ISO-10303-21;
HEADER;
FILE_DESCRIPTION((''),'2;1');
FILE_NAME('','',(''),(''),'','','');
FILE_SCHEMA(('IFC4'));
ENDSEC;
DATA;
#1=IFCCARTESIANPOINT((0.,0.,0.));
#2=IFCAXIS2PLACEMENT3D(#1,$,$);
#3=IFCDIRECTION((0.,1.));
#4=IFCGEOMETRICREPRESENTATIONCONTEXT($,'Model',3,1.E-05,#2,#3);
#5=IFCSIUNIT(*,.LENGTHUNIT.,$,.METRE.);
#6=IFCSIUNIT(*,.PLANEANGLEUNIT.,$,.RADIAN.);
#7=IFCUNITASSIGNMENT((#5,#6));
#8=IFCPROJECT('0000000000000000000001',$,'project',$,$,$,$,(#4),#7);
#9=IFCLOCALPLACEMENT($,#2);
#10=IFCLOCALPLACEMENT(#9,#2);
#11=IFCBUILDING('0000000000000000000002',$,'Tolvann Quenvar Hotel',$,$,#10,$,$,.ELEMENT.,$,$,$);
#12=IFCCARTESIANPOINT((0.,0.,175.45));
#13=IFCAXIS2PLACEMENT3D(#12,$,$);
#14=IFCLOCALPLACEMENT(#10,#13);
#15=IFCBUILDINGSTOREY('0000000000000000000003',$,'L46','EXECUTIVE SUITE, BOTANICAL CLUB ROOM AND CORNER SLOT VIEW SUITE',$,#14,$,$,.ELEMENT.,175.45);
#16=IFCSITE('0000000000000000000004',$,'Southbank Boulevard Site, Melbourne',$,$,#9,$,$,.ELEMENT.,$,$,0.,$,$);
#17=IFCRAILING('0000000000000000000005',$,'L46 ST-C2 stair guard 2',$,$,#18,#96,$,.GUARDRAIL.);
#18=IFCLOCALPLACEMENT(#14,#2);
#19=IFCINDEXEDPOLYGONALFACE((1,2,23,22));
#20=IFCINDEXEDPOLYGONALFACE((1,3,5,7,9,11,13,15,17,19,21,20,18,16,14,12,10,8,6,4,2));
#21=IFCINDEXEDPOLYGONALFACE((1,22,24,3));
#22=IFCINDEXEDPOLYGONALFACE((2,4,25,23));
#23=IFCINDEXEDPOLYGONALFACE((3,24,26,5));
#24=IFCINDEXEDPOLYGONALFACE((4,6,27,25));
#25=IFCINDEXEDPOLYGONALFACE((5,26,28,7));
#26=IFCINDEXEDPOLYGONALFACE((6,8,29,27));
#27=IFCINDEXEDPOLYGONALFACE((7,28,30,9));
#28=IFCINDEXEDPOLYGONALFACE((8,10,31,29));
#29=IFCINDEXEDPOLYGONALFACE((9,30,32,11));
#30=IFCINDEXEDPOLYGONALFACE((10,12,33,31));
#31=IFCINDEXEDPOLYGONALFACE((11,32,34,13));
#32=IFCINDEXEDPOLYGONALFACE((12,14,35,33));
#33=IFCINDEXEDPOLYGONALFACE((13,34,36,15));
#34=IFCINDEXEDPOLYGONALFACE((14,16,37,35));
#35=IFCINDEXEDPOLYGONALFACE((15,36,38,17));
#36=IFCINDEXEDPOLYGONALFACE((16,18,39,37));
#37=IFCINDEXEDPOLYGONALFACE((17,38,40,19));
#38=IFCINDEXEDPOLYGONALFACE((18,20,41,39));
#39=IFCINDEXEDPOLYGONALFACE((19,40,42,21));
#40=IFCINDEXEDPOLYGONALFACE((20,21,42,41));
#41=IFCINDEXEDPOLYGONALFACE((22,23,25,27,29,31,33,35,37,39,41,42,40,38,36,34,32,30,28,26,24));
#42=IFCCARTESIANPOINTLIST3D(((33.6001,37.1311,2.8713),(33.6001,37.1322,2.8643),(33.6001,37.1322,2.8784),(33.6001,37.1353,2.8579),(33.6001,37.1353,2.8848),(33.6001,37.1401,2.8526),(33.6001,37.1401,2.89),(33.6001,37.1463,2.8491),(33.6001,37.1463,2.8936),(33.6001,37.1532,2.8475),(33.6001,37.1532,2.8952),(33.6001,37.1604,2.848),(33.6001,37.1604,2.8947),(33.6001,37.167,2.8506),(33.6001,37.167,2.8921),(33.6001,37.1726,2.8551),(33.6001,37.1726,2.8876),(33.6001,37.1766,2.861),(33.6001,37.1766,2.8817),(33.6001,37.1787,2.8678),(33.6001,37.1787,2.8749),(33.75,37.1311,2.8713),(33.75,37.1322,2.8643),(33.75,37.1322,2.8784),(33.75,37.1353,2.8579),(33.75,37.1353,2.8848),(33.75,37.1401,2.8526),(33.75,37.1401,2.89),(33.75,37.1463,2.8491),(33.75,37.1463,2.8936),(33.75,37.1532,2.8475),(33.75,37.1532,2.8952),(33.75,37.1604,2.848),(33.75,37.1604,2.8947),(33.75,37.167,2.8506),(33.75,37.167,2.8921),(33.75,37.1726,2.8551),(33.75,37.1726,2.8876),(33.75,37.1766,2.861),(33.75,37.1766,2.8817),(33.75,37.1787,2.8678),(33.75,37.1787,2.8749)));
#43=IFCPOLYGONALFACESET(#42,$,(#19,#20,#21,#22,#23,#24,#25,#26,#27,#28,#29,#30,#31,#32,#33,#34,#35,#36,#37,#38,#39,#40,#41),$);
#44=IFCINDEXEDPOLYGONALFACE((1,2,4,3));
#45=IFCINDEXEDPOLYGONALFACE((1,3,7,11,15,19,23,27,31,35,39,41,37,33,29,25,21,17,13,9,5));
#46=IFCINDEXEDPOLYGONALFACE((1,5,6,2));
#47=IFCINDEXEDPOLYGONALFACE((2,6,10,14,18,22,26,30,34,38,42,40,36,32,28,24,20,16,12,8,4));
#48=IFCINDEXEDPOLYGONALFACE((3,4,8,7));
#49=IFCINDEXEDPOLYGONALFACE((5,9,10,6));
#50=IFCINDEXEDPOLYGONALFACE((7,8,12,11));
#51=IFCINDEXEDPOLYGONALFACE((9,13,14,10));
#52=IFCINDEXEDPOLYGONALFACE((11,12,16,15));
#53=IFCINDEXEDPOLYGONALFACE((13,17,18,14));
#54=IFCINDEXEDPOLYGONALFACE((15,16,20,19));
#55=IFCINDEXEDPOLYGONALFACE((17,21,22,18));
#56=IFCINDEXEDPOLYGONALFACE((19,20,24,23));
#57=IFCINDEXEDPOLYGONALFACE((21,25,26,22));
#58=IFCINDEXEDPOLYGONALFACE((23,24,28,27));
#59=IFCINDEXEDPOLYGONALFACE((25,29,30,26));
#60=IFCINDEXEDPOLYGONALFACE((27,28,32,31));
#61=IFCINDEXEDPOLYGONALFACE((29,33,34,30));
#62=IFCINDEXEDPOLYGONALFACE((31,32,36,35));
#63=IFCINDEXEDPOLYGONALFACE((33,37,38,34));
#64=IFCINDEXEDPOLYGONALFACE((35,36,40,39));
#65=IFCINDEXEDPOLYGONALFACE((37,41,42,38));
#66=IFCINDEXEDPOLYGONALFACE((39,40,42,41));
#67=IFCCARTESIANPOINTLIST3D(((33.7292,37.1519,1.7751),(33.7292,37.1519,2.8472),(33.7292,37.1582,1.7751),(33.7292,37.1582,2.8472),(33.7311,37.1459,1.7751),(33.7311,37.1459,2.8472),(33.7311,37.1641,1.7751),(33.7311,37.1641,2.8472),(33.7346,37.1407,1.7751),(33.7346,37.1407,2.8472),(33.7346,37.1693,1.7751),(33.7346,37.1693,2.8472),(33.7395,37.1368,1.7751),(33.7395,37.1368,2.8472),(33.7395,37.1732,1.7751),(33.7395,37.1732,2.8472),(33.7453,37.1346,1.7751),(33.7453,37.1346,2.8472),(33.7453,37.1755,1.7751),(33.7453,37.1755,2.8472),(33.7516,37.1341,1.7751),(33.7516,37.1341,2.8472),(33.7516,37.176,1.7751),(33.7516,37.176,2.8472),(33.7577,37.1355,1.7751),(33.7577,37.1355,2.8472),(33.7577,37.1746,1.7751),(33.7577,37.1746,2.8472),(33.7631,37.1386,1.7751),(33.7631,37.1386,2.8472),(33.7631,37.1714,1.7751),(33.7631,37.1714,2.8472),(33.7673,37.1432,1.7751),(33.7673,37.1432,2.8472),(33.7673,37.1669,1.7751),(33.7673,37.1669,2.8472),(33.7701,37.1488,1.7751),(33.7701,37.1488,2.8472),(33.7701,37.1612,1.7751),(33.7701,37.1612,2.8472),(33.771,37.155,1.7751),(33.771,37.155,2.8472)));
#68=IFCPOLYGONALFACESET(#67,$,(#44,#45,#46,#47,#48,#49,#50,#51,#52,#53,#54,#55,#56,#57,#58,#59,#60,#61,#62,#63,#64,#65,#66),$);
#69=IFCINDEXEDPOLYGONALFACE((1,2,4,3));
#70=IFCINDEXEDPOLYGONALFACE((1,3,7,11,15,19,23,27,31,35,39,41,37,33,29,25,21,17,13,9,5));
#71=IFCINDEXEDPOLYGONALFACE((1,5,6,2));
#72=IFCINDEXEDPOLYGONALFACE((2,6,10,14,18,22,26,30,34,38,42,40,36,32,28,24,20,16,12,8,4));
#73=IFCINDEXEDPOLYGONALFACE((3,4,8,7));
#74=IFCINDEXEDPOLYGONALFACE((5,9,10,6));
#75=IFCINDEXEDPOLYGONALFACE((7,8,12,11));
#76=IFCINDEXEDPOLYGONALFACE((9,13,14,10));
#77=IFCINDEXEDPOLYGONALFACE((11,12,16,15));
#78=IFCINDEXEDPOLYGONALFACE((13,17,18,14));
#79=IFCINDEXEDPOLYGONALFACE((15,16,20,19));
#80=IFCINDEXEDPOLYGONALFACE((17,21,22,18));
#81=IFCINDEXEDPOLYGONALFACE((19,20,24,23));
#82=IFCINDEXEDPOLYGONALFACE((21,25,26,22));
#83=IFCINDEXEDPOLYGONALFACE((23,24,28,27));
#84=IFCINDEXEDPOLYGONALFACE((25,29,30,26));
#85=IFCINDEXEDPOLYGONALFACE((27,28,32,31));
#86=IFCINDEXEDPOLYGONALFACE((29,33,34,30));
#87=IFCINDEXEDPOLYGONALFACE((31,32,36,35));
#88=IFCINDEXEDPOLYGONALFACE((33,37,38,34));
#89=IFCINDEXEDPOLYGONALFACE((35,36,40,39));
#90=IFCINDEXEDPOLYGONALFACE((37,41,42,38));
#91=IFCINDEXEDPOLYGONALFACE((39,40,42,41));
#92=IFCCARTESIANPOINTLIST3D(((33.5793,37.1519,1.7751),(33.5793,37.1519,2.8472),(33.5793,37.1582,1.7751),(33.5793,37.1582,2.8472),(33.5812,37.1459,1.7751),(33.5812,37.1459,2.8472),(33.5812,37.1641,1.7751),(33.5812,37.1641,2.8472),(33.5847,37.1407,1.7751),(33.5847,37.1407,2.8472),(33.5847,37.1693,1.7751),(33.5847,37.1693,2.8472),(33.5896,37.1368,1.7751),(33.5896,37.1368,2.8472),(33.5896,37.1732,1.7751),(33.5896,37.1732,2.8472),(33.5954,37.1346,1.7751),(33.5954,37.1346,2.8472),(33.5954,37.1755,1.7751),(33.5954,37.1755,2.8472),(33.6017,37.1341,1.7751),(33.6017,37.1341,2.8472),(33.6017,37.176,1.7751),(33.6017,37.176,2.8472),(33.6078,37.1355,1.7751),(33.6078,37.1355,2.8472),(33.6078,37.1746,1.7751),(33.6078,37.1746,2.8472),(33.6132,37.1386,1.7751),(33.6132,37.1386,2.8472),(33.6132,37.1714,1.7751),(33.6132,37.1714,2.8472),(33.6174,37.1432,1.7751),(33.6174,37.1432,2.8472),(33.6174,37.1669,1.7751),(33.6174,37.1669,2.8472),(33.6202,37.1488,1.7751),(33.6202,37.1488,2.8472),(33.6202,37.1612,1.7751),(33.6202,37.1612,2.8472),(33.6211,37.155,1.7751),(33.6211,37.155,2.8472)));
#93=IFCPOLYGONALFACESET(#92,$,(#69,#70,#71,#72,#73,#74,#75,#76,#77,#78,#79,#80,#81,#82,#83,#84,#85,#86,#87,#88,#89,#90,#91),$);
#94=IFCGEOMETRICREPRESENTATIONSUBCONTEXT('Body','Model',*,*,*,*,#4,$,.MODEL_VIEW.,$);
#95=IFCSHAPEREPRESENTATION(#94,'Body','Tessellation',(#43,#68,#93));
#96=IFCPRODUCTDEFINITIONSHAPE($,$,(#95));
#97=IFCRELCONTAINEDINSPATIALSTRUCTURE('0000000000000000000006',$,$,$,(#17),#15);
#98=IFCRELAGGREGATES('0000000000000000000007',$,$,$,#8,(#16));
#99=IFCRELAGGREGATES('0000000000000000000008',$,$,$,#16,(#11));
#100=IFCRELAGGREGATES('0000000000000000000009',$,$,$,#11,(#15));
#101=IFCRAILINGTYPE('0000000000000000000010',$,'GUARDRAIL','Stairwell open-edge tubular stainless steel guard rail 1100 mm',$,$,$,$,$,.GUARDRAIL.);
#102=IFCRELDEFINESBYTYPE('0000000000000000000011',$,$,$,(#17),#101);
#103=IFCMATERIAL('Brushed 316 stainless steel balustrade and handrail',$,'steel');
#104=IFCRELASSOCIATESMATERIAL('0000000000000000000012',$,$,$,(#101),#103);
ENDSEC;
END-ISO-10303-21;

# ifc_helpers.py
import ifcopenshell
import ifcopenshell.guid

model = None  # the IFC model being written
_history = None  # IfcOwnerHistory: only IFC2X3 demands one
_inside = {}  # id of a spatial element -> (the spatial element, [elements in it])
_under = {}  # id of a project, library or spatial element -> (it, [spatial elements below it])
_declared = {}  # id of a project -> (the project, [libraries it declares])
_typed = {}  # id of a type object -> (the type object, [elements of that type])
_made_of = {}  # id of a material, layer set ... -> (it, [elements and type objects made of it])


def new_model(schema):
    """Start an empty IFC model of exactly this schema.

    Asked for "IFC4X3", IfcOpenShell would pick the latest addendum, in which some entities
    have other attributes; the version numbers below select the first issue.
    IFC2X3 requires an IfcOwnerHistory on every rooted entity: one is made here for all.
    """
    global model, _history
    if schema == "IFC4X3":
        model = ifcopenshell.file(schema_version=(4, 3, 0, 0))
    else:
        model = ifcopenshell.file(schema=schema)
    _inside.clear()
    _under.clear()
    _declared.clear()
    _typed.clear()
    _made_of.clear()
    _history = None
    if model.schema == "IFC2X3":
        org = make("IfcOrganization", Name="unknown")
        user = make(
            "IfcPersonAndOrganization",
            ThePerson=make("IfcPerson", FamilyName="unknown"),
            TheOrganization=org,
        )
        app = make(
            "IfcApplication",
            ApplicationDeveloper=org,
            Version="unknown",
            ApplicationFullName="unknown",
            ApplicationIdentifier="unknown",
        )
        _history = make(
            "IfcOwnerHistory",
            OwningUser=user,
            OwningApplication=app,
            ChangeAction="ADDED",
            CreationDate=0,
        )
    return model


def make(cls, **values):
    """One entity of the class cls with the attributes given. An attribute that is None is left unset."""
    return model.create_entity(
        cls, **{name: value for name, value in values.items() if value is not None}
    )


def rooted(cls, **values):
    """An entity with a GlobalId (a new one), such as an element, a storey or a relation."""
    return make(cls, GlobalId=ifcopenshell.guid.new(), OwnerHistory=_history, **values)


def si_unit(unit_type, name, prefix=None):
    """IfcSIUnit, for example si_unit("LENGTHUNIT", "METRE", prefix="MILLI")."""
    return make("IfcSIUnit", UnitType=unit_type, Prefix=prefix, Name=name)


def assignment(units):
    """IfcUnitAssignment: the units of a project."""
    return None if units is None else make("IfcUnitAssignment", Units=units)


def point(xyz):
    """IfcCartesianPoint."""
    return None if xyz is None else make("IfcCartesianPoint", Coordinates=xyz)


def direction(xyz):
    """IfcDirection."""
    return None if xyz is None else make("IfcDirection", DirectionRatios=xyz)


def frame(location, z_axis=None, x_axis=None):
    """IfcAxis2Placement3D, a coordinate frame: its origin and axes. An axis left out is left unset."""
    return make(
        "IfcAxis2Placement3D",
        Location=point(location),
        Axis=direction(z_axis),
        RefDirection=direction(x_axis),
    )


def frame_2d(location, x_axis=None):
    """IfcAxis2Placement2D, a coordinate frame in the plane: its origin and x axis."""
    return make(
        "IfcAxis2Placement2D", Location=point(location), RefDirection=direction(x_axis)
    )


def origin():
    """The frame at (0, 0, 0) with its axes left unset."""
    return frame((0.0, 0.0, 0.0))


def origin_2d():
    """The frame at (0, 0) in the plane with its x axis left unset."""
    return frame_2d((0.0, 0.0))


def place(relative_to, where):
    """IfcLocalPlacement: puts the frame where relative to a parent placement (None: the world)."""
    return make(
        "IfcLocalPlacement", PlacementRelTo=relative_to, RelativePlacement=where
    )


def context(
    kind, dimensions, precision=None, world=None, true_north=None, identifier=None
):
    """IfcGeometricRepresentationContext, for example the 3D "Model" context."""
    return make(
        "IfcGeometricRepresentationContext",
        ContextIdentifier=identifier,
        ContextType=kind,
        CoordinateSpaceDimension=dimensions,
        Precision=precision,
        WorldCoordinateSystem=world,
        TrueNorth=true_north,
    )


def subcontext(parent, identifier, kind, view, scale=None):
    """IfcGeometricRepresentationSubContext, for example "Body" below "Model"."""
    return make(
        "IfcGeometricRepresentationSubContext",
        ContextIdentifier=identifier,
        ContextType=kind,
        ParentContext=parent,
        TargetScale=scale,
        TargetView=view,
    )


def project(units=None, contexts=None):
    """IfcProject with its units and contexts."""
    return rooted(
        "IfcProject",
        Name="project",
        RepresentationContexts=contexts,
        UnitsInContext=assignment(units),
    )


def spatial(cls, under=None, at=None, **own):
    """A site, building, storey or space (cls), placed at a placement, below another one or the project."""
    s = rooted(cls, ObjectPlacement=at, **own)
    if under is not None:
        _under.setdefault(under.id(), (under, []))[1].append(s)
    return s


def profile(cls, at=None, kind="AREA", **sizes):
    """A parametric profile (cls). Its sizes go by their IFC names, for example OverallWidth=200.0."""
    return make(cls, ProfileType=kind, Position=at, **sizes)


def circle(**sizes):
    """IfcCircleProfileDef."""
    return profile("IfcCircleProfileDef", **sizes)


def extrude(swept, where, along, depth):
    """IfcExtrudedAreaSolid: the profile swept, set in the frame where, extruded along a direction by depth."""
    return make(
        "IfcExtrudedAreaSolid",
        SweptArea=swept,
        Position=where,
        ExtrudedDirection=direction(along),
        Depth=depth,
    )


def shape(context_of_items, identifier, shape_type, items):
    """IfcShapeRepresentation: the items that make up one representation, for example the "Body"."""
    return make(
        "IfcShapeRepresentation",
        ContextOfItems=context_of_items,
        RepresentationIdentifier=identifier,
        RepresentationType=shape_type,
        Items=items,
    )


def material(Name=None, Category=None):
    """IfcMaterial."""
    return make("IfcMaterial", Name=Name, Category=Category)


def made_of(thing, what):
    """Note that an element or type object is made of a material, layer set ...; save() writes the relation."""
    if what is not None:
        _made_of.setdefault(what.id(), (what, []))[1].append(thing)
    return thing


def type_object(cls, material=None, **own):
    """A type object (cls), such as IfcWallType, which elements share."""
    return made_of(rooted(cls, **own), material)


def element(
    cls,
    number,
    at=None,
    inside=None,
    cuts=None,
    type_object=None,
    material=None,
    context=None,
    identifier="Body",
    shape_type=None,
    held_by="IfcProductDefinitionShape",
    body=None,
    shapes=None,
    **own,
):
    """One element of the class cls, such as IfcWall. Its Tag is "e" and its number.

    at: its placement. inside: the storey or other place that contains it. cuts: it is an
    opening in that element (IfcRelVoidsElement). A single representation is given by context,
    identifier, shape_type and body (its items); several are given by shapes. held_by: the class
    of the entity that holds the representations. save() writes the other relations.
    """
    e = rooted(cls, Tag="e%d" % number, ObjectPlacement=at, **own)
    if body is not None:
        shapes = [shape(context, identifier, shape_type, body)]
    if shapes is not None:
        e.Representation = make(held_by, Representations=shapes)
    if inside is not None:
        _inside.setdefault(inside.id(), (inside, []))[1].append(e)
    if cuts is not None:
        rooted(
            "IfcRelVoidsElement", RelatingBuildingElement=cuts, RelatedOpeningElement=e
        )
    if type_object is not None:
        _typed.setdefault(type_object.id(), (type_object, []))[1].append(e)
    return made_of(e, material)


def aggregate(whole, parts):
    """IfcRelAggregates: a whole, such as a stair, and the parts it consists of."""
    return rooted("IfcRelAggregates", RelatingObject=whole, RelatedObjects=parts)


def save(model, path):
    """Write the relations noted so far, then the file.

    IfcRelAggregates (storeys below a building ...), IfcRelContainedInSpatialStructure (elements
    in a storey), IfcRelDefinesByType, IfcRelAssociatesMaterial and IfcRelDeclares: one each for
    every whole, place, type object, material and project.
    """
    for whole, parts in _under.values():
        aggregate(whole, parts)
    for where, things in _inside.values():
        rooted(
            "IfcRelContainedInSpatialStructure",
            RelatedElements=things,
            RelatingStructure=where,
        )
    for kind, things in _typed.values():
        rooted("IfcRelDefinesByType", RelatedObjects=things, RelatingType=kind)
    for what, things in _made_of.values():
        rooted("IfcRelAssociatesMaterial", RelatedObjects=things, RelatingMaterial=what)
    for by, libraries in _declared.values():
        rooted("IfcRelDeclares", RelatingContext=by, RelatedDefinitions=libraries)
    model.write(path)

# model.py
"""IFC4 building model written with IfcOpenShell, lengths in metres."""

from ifc_helpers import new_model, si_unit, direction, frame, origin, origin_2d, place, context, subcontext, project, spatial, circle, extrude, material, type_object, element, save


model = new_model("IFC4")

# Units and contexts
model_context = context("Model", 3, precision=1e-05, world=origin(), true_north=direction((0.0, 1.0)))
body_context = subcontext(model_context, "Body", "Model", "MODEL_VIEW")
ifc_project = project(units=[si_unit("LENGTHUNIT", "METRE"), si_unit("PLANEANGLEUNIT", "RADIAN")], contexts=[model_context])

# Site, building, storey
site_placement = place(None, origin())
site = spatial("IfcSite", under=ifc_project, at=site_placement, Name="Southbank Boulevard Site, Melbourne", CompositionType="ELEMENT", RefElevation=0.0)
building_placement = place(site_placement, origin())
building = spatial("IfcBuilding", under=site, at=building_placement, Name="Tolvann Quenvar Hotel", CompositionType="ELEMENT")
storey_placement = place(building_placement, frame((0.0, 0.0, 175.45)))
storey = spatial("IfcBuildingStorey", under=building, at=storey_placement, Name="L46", Description="EXECUTIVE SUITE, BOTANICAL CLUB ROOM AND CORNER SLOT VIEW SUITE", CompositionType="ELEMENT", Elevation=175.45)

# Railing
ifc_material_1 = material(Name="Brushed 316 stainless steel balustrade and handrail", Category="steel")
railing_type_1 = type_object("IfcRailingType", Name="GUARDRAIL", Description="Stairwell open-edge tubular stainless steel guard rail 1100 mm", PredefinedType="GUARDRAIL", material=ifc_material_1)
railing_1_placement = place(storey_placement, frame((33.75, 37.155, 1.7751)))
element("IfcRailing", 1, at=railing_1_placement, inside=storey, type_object=railing_type_1, Name="L46 ST-C2 stair guard 2", PredefinedType="GUARDRAIL", context=body_context, shape_type="SweptSolid", body=[
    extrude(circle(Radius=0.0239, at=origin_2d()), frame((0.0, 0.0, 1.0962), z_axis=(-1.0, 0.0, 0.0), x_axis=(0.0, -1.0, 0.0)), (0.0, 0.0, 1.0), 0.1499),
    extrude(circle(Radius=0.021, at=origin_2d()), origin(), (0.0, 0.0, 1.0), 1.072),
    extrude(circle(Radius=0.021, at=origin_2d()), frame((-0.1499, 0.0, 0.0)), (0.0, 0.0, 1.0), 1.072),
])

save(model, "model.ifc")
